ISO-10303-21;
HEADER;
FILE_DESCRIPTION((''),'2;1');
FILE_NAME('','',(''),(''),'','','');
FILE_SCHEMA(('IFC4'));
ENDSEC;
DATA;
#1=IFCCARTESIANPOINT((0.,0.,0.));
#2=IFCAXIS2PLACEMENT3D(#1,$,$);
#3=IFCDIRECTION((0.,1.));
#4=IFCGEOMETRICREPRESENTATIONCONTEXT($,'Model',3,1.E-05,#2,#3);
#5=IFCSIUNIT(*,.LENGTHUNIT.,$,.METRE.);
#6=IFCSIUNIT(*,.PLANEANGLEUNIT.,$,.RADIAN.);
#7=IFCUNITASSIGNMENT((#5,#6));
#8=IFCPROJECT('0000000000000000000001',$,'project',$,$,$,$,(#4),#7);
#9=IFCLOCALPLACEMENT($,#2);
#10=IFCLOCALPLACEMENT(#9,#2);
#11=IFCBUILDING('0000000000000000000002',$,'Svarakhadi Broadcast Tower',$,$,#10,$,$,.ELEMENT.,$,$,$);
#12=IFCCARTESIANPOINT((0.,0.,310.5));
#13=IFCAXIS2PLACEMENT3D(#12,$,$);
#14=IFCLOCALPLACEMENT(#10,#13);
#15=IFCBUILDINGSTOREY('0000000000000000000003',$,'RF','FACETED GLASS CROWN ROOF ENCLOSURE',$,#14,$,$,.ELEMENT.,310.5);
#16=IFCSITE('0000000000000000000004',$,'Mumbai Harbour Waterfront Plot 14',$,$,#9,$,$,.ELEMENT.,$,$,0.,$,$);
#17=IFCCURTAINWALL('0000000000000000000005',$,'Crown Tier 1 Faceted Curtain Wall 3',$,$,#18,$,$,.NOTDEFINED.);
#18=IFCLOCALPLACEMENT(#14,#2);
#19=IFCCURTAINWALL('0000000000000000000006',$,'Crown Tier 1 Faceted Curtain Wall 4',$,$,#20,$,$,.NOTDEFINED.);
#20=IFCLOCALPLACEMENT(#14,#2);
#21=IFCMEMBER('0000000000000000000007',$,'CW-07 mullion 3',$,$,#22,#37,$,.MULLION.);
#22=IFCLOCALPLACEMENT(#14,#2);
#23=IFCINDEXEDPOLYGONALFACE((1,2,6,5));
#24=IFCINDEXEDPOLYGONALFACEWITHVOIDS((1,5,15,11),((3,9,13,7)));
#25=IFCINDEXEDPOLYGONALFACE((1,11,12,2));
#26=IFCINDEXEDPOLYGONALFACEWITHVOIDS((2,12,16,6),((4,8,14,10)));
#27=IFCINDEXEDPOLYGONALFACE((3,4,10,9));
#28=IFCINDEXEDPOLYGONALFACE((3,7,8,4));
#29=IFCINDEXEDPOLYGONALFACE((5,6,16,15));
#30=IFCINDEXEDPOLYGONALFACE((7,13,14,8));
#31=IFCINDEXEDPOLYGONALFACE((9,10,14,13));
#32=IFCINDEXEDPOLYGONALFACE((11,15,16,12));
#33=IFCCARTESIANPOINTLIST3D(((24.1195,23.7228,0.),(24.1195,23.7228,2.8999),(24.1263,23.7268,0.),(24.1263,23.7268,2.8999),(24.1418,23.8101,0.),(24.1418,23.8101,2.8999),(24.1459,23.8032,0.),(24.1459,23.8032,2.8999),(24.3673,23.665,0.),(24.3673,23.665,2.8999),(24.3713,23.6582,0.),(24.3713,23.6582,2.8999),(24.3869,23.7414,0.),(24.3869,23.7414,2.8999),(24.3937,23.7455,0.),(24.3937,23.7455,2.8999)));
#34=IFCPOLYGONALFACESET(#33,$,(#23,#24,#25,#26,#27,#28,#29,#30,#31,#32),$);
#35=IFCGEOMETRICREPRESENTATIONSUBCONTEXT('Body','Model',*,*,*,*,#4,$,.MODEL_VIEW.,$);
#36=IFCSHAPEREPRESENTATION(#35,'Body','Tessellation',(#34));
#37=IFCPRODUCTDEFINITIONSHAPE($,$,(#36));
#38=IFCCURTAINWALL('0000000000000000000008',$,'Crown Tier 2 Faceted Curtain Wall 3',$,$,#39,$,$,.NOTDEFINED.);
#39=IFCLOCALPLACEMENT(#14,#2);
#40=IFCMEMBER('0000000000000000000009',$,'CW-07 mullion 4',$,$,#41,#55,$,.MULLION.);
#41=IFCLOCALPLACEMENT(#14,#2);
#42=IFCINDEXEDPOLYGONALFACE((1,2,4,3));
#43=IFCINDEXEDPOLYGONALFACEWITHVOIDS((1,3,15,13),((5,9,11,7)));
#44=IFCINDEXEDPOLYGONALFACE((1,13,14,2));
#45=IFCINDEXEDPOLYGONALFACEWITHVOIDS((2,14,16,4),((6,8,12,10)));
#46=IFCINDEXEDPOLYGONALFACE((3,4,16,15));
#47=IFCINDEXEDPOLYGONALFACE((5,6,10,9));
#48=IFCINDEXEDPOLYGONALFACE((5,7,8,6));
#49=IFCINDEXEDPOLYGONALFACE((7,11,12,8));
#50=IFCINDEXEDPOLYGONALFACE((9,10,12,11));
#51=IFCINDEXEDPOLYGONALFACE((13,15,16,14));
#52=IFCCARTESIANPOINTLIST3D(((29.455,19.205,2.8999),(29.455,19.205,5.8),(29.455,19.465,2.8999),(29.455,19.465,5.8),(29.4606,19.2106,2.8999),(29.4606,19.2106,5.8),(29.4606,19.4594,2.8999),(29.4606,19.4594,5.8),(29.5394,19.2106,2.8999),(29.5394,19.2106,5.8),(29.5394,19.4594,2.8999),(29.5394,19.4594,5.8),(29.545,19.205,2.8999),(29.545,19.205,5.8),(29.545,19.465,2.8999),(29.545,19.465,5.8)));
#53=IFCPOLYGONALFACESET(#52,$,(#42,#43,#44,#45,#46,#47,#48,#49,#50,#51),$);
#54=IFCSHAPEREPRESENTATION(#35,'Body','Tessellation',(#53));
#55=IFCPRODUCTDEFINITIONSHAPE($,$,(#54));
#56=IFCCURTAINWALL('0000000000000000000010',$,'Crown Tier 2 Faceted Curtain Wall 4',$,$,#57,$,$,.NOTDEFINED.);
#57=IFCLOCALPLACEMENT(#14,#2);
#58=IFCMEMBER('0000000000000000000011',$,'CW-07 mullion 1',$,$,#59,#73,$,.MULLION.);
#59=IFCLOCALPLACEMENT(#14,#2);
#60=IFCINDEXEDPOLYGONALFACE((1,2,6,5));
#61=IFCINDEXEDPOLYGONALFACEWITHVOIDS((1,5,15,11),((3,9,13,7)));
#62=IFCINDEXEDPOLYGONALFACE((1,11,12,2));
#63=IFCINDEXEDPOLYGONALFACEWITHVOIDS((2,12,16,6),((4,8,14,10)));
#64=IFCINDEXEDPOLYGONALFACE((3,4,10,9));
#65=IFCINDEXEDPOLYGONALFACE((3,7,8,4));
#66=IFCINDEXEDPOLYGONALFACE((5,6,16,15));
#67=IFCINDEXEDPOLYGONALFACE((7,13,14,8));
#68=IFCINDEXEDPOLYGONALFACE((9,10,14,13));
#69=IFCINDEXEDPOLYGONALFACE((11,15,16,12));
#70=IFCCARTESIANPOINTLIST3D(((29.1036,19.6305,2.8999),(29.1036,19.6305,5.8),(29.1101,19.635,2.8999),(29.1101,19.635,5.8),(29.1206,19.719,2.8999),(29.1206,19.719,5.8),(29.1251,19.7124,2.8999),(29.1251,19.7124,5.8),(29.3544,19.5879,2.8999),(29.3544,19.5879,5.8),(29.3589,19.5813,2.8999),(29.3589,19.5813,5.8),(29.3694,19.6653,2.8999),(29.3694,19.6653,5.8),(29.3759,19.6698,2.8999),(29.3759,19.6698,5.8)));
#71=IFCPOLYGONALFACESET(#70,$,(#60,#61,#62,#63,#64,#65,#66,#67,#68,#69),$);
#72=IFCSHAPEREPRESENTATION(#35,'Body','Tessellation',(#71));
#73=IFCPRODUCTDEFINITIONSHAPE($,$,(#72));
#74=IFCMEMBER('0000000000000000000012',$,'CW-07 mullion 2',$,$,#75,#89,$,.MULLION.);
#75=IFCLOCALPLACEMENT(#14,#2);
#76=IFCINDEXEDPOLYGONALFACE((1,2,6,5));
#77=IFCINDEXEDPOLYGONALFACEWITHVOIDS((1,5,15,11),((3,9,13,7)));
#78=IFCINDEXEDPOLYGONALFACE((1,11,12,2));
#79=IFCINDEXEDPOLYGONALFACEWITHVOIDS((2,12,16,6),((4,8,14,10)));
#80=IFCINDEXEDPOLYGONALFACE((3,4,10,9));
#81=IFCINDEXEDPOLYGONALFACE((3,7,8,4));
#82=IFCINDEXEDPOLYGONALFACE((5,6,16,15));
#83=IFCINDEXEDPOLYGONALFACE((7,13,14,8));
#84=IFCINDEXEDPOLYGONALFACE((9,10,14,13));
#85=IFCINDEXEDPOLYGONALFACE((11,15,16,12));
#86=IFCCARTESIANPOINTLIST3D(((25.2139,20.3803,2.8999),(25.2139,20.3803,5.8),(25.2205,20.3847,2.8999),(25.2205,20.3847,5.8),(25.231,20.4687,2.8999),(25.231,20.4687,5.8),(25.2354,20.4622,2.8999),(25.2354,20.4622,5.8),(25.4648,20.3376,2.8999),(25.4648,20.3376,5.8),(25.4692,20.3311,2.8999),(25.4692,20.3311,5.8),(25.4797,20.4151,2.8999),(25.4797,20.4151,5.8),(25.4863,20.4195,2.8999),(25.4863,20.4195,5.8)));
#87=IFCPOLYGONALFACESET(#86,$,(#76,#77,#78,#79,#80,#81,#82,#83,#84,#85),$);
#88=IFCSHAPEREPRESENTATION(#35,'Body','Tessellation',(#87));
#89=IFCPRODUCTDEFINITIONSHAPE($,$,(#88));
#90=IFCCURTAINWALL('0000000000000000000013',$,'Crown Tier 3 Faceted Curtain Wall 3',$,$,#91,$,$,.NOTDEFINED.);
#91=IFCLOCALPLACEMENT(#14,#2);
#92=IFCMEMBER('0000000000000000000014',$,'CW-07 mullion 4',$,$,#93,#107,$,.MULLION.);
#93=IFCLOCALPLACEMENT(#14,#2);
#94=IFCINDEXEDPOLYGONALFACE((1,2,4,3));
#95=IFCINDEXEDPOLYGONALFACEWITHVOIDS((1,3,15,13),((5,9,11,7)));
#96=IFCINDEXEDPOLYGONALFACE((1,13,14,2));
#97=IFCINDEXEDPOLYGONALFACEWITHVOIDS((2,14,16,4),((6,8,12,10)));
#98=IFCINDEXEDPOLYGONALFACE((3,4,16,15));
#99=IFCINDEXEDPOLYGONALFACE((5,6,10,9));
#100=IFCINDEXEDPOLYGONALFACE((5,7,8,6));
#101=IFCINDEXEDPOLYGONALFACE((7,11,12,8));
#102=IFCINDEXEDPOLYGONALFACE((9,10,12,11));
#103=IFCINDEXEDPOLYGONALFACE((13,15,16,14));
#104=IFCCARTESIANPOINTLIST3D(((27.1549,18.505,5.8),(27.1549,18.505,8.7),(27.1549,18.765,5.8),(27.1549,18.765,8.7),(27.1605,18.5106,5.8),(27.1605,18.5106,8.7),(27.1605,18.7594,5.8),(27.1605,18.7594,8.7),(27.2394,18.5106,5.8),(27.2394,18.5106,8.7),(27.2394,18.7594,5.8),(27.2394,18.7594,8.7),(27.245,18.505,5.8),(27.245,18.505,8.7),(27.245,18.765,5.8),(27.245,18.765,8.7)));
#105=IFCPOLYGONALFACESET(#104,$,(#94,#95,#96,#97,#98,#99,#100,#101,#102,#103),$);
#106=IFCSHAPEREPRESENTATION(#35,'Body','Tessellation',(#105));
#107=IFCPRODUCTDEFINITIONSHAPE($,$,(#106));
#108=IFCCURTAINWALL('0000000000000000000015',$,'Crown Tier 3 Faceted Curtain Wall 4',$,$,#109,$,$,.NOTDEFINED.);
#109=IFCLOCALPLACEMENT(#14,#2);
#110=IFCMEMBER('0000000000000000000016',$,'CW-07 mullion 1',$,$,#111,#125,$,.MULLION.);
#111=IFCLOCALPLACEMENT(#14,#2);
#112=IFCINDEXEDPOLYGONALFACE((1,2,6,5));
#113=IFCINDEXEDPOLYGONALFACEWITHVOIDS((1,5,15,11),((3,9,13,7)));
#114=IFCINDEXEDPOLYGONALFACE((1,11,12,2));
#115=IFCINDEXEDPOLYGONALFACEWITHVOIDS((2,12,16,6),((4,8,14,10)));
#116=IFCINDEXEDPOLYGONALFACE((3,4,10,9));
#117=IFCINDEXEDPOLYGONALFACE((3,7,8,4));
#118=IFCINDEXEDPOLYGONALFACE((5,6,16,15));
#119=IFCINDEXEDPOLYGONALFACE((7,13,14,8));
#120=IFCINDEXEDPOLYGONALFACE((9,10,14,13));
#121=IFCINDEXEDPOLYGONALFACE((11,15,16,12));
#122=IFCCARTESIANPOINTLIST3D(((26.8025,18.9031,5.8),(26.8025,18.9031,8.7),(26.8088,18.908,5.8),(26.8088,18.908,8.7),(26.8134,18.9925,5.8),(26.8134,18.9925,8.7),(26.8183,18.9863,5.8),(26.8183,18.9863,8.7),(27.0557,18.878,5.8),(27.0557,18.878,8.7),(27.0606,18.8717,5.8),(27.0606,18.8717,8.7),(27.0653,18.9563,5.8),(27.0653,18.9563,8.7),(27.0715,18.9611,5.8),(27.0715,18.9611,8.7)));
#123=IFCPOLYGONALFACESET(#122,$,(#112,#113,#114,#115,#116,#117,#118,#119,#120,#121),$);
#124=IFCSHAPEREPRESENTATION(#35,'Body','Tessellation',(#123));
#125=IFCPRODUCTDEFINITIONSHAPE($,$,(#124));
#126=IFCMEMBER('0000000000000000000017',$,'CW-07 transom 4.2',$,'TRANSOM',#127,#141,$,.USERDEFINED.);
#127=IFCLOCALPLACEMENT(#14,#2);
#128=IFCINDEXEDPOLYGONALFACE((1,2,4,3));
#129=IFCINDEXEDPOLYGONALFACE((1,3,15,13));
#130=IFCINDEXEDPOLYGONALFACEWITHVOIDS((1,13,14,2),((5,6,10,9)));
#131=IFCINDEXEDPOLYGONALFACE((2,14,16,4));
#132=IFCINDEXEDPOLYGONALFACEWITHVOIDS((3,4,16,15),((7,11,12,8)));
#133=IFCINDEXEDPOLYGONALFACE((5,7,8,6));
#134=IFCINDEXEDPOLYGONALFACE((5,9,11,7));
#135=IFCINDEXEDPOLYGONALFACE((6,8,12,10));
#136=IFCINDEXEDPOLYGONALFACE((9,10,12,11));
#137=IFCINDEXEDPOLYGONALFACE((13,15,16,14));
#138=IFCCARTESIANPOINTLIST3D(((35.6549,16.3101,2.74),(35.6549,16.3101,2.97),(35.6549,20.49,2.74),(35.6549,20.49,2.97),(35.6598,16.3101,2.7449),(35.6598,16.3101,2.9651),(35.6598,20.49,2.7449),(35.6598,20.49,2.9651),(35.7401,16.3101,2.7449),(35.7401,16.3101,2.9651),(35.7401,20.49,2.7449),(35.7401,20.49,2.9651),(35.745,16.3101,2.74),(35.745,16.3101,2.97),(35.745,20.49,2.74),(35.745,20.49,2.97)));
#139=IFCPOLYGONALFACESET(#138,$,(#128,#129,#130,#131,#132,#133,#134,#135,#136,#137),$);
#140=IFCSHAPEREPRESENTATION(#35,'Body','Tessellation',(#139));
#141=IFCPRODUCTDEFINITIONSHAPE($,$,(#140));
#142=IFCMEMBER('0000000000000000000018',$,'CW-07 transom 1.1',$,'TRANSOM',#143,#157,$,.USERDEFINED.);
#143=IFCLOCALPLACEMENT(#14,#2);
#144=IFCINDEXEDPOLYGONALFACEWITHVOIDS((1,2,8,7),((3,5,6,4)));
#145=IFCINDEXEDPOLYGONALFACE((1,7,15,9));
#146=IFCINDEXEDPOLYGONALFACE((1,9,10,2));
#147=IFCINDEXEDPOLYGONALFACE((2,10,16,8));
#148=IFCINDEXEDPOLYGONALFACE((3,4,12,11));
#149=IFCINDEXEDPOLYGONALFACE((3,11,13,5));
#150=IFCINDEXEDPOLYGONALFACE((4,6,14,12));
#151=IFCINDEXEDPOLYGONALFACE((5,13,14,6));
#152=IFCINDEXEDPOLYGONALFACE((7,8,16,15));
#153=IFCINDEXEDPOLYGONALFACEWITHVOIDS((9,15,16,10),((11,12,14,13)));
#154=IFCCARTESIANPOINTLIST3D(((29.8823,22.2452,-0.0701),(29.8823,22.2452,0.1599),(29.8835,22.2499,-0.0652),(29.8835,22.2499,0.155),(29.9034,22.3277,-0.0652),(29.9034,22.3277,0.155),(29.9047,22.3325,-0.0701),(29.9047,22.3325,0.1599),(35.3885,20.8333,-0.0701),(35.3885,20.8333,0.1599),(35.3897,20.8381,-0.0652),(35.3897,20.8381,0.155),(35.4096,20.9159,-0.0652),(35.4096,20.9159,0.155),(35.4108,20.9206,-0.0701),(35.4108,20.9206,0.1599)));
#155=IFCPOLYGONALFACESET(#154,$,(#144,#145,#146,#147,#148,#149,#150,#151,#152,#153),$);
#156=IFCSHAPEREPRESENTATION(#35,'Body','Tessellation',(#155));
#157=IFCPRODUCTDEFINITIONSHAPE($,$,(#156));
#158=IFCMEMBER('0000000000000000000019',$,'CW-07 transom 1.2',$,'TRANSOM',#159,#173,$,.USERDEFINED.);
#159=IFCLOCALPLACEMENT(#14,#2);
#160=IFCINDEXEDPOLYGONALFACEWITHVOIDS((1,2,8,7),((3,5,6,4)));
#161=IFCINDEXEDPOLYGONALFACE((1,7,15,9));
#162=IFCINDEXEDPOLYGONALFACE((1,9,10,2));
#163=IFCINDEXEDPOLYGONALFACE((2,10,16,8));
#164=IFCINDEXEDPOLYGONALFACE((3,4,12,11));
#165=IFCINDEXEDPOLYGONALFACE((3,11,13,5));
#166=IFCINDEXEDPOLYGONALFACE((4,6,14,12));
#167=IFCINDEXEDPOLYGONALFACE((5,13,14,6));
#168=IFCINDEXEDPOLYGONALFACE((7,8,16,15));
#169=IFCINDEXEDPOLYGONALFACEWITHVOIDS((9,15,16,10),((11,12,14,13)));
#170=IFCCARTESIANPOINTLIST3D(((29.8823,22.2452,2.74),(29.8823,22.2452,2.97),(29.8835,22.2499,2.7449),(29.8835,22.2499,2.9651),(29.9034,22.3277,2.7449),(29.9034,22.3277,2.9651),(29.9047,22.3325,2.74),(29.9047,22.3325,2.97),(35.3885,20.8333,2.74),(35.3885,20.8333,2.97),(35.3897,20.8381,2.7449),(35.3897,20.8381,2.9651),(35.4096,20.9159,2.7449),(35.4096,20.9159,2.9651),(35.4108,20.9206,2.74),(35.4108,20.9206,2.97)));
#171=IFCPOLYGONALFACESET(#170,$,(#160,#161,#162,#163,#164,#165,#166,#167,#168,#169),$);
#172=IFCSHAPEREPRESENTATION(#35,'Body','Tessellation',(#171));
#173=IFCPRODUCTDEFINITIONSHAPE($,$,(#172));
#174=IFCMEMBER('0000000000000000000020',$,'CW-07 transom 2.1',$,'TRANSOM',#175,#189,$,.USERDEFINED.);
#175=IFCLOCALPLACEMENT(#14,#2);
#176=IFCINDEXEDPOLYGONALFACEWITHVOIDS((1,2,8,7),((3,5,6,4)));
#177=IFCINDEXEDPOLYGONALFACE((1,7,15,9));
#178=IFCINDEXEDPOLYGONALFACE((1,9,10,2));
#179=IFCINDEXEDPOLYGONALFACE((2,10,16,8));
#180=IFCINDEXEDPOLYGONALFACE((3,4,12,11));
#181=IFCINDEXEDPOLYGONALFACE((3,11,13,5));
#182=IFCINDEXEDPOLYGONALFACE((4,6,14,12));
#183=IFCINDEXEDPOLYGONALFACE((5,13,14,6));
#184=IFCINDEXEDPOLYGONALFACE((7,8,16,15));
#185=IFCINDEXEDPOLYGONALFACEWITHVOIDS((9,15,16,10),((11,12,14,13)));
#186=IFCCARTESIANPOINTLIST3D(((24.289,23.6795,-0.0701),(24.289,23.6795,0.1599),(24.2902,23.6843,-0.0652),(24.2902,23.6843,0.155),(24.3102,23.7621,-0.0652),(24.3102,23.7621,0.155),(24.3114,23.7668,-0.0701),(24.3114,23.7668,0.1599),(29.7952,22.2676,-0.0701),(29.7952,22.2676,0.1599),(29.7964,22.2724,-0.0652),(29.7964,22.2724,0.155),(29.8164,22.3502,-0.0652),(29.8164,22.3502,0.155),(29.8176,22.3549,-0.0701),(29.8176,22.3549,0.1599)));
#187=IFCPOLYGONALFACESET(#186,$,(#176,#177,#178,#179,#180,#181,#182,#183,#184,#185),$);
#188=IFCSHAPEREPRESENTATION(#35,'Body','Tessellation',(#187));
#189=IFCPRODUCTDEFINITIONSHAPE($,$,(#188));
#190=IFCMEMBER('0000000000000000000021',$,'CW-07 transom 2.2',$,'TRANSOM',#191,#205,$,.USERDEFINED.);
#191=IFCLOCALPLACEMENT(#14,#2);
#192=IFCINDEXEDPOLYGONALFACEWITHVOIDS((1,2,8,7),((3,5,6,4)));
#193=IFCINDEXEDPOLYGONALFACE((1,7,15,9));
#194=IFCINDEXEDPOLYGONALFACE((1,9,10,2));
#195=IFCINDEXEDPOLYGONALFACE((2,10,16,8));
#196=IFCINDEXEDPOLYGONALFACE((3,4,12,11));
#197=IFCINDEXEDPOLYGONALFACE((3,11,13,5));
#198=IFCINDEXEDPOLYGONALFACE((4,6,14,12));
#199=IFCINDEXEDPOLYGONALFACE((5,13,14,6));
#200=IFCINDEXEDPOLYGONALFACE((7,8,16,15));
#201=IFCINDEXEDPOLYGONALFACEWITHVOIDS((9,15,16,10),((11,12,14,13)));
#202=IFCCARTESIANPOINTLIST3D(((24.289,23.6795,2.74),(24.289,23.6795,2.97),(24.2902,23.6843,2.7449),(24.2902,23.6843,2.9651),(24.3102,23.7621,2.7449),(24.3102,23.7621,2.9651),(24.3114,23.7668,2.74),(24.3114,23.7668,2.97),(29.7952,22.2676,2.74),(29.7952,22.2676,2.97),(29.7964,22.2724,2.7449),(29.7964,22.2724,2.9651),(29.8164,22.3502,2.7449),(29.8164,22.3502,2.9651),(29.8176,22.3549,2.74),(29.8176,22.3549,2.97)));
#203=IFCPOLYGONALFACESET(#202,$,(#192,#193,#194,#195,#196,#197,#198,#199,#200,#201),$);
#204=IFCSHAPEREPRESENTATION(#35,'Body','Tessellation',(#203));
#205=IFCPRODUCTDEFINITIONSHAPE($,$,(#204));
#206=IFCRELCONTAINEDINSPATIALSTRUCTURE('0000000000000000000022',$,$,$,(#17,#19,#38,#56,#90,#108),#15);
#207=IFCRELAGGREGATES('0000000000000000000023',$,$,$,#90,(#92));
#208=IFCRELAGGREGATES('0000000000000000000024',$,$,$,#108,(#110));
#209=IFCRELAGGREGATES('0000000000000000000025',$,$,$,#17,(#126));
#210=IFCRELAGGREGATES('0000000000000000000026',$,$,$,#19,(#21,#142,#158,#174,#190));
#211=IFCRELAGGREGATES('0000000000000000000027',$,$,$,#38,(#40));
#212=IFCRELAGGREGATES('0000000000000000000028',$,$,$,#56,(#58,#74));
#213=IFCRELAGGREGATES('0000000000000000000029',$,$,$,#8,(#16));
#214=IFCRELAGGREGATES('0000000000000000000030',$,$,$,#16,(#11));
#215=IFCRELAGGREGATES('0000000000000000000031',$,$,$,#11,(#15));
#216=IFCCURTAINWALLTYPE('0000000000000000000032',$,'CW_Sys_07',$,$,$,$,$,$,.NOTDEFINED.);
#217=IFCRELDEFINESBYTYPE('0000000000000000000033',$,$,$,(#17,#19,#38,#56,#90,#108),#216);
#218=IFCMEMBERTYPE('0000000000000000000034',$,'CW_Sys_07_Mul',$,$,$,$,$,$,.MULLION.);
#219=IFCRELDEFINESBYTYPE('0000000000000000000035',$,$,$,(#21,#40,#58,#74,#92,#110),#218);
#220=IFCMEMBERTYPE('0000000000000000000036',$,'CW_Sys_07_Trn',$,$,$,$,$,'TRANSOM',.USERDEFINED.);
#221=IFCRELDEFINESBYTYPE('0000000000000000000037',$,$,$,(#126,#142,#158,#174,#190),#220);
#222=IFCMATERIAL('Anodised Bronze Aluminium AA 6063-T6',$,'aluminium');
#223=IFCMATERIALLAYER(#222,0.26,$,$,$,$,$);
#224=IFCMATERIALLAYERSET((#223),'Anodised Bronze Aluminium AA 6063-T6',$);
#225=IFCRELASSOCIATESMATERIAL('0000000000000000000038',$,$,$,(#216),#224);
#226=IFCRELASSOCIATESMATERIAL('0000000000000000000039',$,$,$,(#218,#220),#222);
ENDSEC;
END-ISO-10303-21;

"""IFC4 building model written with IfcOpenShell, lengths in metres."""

from ifc_helpers import new_model, si_unit, direction, frame, origin, origin_2d, place, context, subcontext, project, spatial, hollow_rectangle, extrude, material, layer, layer_set, material_profile, profile_set, type_object, element, aggregate, save


model = new_model("IFC4")

# Units and contexts
model_context = context("Model", 3, precision=1e-05, world=origin(), true_north=direction((0.0, 1.0)))
body_context = subcontext(model_context, "Body", "Model", "MODEL_VIEW")
ifc_project = project(units=[si_unit("LENGTHUNIT", "METRE"), si_unit("PLANEANGLEUNIT", "RADIAN")], contexts=[model_context])

# Site, building, storey
site_placement = place(None, origin())
site = spatial("IfcSite", under=ifc_project, at=site_placement, Name="Mumbai Harbour Waterfront Plot 14", CompositionType="ELEMENT", RefElevation=0.0)
building_placement = place(site_placement, origin())
building = spatial("IfcBuilding", under=site, at=building_placement, Name="Svarakhadi Broadcast Tower", CompositionType="ELEMENT")
storey_placement = place(building_placement, frame((0.0, 0.0, 310.5)))
storey = spatial("IfcBuildingStorey", under=building, at=storey_placement, Name="RF", Description="FACETED GLASS CROWN ROOF ENCLOSURE", CompositionType="ELEMENT", Elevation=310.5)

# Curtain wall
ifc_material_1 = material(Name="Anodised Bronze Aluminium AA 6063-T6", Category="aluminium")
ifc_layer_1 = layer(ifc_material_1, 0.26)
ifc_layer_set_1 = layer_set([ifc_layer_1], Name="Anodised Bronze Aluminium AA 6063-T6")
curtain_wall_type = type_object("IfcCurtainWallType", Name="CW_Sys_07", PredefinedType="NOTDEFINED", material=ifc_layer_set_1)
curtain_wall_1_placement = place(storey_placement, origin())
curtain_wall_1 = element("IfcCurtainWall", 1, at=curtain_wall_1_placement, inside=storey, type_object=curtain_wall_type, Name="Crown Tier 1 Faceted Curtain Wall 3", PredefinedType="NOTDEFINED")
ifc_material_profile_1 = material_profile(ifc_material_1, hollow_rectangle(XDim=0.0901, YDim=0.26, WallThickness=0.0056, at=origin_2d()), Name="ALU MULLION 260x90x6")
ifc_profile_set_1 = profile_set([ifc_material_profile_1], Name="Anodised Bronze Aluminium AA 6063-T6")
member_type_1 = type_object("IfcMemberType", Name="CW_Sys_07_Mul", PredefinedType="MULLION", material=ifc_profile_set_1)

# Curtain wall, member
curtain_wall_2_placement = place(storey_placement, origin())
curtain_wall_2 = element("IfcCurtainWall", 2, at=curtain_wall_2_placement, inside=storey, type_object=curtain_wall_type, Name="Crown Tier 1 Faceted Curtain Wall 4", PredefinedType="NOTDEFINED")
member_1_placement = place(storey_placement, frame((24.2566, 23.7341, 0.0), z_axis=(0.0, 0.0, 1.0), x_axis=(-0.248382, -0.968662, 0.0)))
member_1 = element("IfcMember", 3, at=member_1_placement, type_object=member_type_1, Name="CW-07 mullion 3", PredefinedType="MULLION", context=body_context, shape_type="SweptSolid", body=[
    extrude(hollow_rectangle(XDim=0.0901, YDim=0.26, WallThickness=0.0056, at=origin_2d()), origin(), (0.0, 0.0, 1.0), 2.8999),
])

# Curtain wall, member
curtain_wall_3_placement = place(storey_placement, origin())
curtain_wall_3 = element("IfcCurtainWall", 4, at=curtain_wall_3_placement, inside=storey, type_object=curtain_wall_type, Name="Crown Tier 2 Faceted Curtain Wall 3", PredefinedType="NOTDEFINED")
member_2_placement = place(storey_placement, frame((29.5, 19.335, 2.8999), z_axis=(0.0, 0.0, 1.0), x_axis=(-1.0, 0.0, 0.0)))
member_2 = element("IfcMember", 5, at=member_2_placement, type_object=member_type_1, Name="CW-07 mullion 4", PredefinedType="MULLION", context=body_context, shape_type="SweptSolid", body=[
    extrude(hollow_rectangle(XDim=0.0901, YDim=0.26, WallThickness=0.0056, at=origin_2d()), origin(), (0.0, 0.0, 1.0), 2.9001),
])

# Curtain wall, members
curtain_wall_4_placement = place(storey_placement, origin())
curtain_wall_4 = element("IfcCurtainWall", 6, at=curtain_wall_4_placement, inside=storey, type_object=curtain_wall_type, Name="Crown Tier 2 Faceted Curtain Wall 4", PredefinedType="NOTDEFINED")
member_3_placement = place(storey_placement, frame((29.2397, 19.6501, 2.8999), z_axis=(0.0, 0.0, 1.0), x_axis=(-0.189295, -0.98192, 0.0)))
member_3 = element("IfcMember", 7, at=member_3_placement, type_object=member_type_1, Name="CW-07 mullion 1", PredefinedType="MULLION", context=body_context, shape_type="SweptSolid", body=[
    extrude(hollow_rectangle(XDim=0.0901, YDim=0.26, WallThickness=0.0056, at=origin_2d()), origin(), (0.0, 0.0, 1.0), 2.9001),
])
member_4_placement = place(storey_placement, frame((25.3501, 20.3999, 2.8999), z_axis=(0.0, 0.0, 1.0), x_axis=(-0.189295, -0.98192, 0.0)))
member_4 = element("IfcMember", 8, at=member_4_placement, type_object=member_type_1, Name="CW-07 mullion 2", PredefinedType="MULLION", context=body_context, shape_type="SweptSolid", body=[
    extrude(hollow_rectangle(XDim=0.0901, YDim=0.26, WallThickness=0.0056, at=origin_2d()), origin(), (0.0, 0.0, 1.0), 2.9001),
])

# Curtain walls, members
curtain_wall_5_placement = place(storey_placement, origin())
curtain_wall_5 = element("IfcCurtainWall", 9, at=curtain_wall_5_placement, inside=storey, type_object=curtain_wall_type, Name="Crown Tier 3 Faceted Curtain Wall 3", PredefinedType="NOTDEFINED")
member_5_placement = place(storey_placement, frame((27.2, 18.635, 5.8), z_axis=(0.0, 0.0, 1.0), x_axis=(-1.0, 0.0, 0.0)))
member_5 = element("IfcMember", 10, at=member_5_placement, type_object=member_type_1, Name="CW-07 mullion 4", PredefinedType="MULLION", context=body_context, shape_type="SweptSolid", body=[
    extrude(hollow_rectangle(XDim=0.0901, YDim=0.26, WallThickness=0.0056, at=origin_2d()), origin(), (0.0, 0.0, 1.0), 2.8999),
])
aggregate(curtain_wall_5, [member_5])
curtain_wall_6_placement = place(storey_placement, origin())
curtain_wall_6 = element("IfcCurtainWall", 11, at=curtain_wall_6_placement, inside=storey, type_object=curtain_wall_type, Name="Crown Tier 3 Faceted Curtain Wall 4", PredefinedType="NOTDEFINED")
member_6_placement = place(storey_placement, frame((26.937, 18.9321, 5.8), z_axis=(0.0, 0.0, 1.0), x_axis=(-0.120721, -0.992686, 0.0)))
member_6 = element("IfcMember", 12, at=member_6_placement, type_object=member_type_1, Name="CW-07 mullion 1", PredefinedType="MULLION", context=body_context, shape_type="SweptSolid", body=[
    extrude(hollow_rectangle(XDim=0.0901, YDim=0.26, WallThickness=0.0056, at=origin_2d()), origin(), (0.0, 0.0, 1.0), 2.8999),
])

# Members
ifc_material_profile_2 = material_profile(ifc_material_1, hollow_rectangle(XDim=0.0901, YDim=0.23, WallThickness=0.0049, at=origin_2d()), Name="ALU TRANSOM 230x90x5")
ifc_profile_set_2 = profile_set([ifc_material_profile_2], Name="Anodised Bronze Aluminium AA 6063-T6")
member_type_2 = type_object("IfcMemberType", Name="CW_Sys_07_Trn", ElementType="TRANSOM", PredefinedType="USERDEFINED", material=ifc_profile_set_2)
member_7_placement = place(storey_placement, frame((35.7, 16.3101, 2.855), z_axis=(0.0, 1.0, 0.0), x_axis=(-1.0, 0.0, 0.0)))
member_7 = element("IfcMember", 13, at=member_7_placement, type_object=member_type_2, Name="CW-07 transom 4.2", ObjectType="TRANSOM", PredefinedType="USERDEFINED", context=body_context, shape_type="SweptSolid", body=[
    extrude(hollow_rectangle(XDim=0.0901, YDim=0.23, WallThickness=0.0049, at=origin_2d()), origin(), (0.0, 0.0, 1.0), 4.1799),
])
member_8_placement = place(storey_placement, frame((35.3997, 20.877, 0.0449), z_axis=(-0.968662, 0.248383, 0.0), x_axis=(-0.248383, -0.968662, 0.0)))
member_8 = element("IfcMember", 14, at=member_8_placement, type_object=member_type_2, Name="CW-07 transom 1.1", ObjectType="TRANSOM", PredefinedType="USERDEFINED", context=body_context, shape_type="SweptSolid", body=[
    extrude(hollow_rectangle(XDim=0.0901, YDim=0.23, WallThickness=0.0049, at=origin_2d()), origin(), (0.0, 0.0, 1.0), 5.6843),
])
member_9_placement = place(storey_placement, frame((35.3997, 20.877, 2.855), z_axis=(-0.968662, 0.248383, 0.0), x_axis=(-0.248383, -0.968662, 0.0)))
member_9 = element("IfcMember", 15, at=member_9_placement, type_object=member_type_2, Name="CW-07 transom 1.2", ObjectType="TRANSOM", PredefinedType="USERDEFINED", context=body_context, shape_type="SweptSolid", body=[
    extrude(hollow_rectangle(XDim=0.0901, YDim=0.23, WallThickness=0.0049, at=origin_2d()), origin(), (0.0, 0.0, 1.0), 5.6843),
])
member_10_placement = place(storey_placement, frame((29.8064, 22.3113, 0.0449), z_axis=(-0.968662, 0.248383, 0.0), x_axis=(-0.248383, -0.968662, 0.0)))
member_10 = element("IfcMember", 16, at=member_10_placement, type_object=member_type_2, Name="CW-07 transom 2.1", ObjectType="TRANSOM", PredefinedType="USERDEFINED", context=body_context, shape_type="SweptSolid", body=[
    extrude(hollow_rectangle(XDim=0.0901, YDim=0.23, WallThickness=0.0049, at=origin_2d()), origin(), (0.0, 0.0, 1.0), 5.6843),
])
member_11_placement = place(storey_placement, frame((29.8064, 22.3113, 2.855), z_axis=(-0.968662, 0.248383, 0.0), x_axis=(-0.248383, -0.968662, 0.0)))
member_11 = element("IfcMember", 17, at=member_11_placement, type_object=member_type_2, Name="CW-07 transom 2.2", ObjectType="TRANSOM", PredefinedType="USERDEFINED", context=body_context, shape_type="SweptSolid", body=[
    extrude(hollow_rectangle(XDim=0.0901, YDim=0.23, WallThickness=0.0049, at=origin_2d()), origin(), (0.0, 0.0, 1.0), 5.6843),
])
aggregate(curtain_wall_6, [member_6])

aggregate(curtain_wall_1, [member_7])
aggregate(curtain_wall_2, [member_1, member_8, member_9, member_10, member_11])
aggregate(curtain_wall_3, [member_2])
aggregate(curtain_wall_4, [member_3, member_4])

save(model, "model.ifc")
